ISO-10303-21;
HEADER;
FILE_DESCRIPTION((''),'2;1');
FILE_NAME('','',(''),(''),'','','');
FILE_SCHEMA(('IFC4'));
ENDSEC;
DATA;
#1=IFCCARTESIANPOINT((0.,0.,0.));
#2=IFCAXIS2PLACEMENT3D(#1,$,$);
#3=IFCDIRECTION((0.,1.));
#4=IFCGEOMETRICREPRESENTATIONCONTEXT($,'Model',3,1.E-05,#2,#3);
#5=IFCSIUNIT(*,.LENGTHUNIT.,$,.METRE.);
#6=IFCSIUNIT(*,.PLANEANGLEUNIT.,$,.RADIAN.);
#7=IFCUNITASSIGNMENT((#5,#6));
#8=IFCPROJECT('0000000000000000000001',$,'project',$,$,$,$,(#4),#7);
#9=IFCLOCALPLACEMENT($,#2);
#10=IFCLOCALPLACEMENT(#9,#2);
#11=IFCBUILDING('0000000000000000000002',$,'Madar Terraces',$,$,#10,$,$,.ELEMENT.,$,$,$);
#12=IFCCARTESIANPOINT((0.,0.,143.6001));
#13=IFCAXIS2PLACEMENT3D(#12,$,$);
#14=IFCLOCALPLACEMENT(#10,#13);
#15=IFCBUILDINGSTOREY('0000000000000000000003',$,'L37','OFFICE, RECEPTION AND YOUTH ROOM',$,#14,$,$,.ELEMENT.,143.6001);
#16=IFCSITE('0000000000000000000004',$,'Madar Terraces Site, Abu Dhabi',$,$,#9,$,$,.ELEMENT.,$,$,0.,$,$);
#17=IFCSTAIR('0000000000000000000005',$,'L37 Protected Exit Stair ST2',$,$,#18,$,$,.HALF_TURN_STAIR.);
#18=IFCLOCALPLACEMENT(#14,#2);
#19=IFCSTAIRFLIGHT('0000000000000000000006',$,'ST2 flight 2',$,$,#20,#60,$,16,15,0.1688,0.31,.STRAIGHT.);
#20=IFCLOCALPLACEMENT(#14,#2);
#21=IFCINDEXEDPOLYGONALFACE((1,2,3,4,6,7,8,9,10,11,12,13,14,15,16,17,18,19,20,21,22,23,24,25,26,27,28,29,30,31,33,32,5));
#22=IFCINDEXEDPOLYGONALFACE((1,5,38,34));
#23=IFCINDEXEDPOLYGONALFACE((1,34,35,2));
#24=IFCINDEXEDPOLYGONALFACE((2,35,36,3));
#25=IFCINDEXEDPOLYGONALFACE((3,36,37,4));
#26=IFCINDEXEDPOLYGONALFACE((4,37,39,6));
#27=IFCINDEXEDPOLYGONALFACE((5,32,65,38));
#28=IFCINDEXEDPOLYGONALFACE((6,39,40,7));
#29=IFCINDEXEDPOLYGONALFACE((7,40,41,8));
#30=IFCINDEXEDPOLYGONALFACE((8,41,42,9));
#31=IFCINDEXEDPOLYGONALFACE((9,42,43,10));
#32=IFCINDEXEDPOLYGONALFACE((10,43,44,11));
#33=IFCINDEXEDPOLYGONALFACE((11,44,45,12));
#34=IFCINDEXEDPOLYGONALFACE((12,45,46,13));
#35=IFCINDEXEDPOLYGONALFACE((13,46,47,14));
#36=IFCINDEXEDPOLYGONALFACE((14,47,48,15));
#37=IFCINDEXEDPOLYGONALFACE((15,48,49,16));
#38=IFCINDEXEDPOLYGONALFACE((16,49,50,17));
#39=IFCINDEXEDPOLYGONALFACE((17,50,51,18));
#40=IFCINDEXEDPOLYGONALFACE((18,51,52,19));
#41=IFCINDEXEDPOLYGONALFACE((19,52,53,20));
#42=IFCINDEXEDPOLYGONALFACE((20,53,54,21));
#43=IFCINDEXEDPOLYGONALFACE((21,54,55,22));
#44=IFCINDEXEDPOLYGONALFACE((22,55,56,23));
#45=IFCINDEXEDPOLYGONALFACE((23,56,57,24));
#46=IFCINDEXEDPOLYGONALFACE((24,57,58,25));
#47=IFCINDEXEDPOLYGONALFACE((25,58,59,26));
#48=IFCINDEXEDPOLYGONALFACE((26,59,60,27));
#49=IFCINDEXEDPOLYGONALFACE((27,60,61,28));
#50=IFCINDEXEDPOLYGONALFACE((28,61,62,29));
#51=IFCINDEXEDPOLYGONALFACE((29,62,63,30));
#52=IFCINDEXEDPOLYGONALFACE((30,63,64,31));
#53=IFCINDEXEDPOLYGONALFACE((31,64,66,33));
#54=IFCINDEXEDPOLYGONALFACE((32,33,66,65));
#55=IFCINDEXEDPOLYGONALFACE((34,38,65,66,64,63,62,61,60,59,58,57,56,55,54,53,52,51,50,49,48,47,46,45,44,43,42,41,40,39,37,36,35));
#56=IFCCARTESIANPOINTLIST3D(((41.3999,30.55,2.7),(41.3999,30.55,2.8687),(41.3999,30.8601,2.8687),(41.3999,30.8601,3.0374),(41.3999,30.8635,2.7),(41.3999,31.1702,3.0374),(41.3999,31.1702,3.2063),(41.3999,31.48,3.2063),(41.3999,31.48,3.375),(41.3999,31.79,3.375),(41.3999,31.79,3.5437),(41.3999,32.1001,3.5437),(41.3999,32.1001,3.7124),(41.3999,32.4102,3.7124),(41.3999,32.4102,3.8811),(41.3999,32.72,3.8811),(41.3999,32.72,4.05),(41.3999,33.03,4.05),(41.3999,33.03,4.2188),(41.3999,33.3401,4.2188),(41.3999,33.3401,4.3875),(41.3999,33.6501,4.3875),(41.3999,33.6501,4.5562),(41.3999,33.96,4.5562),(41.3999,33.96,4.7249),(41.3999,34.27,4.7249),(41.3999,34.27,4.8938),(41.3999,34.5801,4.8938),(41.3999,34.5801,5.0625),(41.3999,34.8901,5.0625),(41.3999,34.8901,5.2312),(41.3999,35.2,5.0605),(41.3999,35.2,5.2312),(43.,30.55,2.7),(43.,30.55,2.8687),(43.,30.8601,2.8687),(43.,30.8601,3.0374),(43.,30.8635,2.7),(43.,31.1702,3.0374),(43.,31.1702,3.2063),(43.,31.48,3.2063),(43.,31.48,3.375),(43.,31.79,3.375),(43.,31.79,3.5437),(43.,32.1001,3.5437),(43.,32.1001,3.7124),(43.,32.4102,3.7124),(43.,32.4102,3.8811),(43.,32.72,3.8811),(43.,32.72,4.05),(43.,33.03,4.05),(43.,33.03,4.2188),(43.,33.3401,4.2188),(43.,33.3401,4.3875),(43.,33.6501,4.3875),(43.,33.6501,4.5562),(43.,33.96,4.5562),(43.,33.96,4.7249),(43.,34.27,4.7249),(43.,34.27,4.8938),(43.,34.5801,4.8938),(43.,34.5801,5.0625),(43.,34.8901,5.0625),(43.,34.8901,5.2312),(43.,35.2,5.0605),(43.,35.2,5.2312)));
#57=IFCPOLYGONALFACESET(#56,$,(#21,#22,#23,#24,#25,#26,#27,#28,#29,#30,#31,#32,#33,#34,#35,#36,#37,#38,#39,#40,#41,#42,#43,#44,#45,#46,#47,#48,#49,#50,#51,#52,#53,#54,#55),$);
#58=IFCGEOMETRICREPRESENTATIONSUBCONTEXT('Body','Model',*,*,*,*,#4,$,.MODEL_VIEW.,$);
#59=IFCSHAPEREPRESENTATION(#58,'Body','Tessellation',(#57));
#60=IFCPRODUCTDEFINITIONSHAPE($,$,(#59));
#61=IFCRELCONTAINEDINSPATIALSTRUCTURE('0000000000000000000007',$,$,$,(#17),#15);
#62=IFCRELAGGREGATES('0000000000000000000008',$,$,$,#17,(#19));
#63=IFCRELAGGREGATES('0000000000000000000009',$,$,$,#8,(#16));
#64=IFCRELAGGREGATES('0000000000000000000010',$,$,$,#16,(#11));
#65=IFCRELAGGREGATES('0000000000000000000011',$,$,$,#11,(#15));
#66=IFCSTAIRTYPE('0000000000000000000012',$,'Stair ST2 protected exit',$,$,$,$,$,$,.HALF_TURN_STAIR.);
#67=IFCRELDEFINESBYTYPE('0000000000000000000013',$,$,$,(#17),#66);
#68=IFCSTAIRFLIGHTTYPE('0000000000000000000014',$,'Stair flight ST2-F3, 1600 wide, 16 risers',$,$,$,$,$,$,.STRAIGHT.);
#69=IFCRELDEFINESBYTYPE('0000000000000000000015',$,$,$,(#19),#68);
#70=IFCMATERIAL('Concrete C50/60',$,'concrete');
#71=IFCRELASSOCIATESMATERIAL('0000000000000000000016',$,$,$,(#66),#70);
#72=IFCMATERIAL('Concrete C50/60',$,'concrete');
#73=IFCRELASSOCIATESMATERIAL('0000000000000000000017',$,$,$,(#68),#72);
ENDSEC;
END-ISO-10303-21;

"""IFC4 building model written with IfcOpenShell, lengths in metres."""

from ifc_helpers import new_model, si_unit, direction, frame, origin, place, context, subcontext, project, spatial, polyline, outline, extrude, material, type_object, element, aggregate, save


model = new_model("IFC4")

# Units and contexts
model_context = context("Model", 3, precision=1e-05, world=origin(), true_north=direction((0.0, 1.0)))
body_context = subcontext(model_context, "Body", "Model", "MODEL_VIEW")
ifc_project = project(units=[si_unit("LENGTHUNIT", "METRE"), si_unit("PLANEANGLEUNIT", "RADIAN")], contexts=[model_context])

# Site, building, storey
site_placement = place(None, origin())
site = spatial("IfcSite", under=ifc_project, at=site_placement, Name="Madar Terraces Site, Abu Dhabi", CompositionType="ELEMENT", RefElevation=0.0)
building_placement = place(site_placement, origin())
building = spatial("IfcBuilding", under=site, at=building_placement, Name="Madar Terraces", CompositionType="ELEMENT")
storey_placement = place(building_placement, frame((0.0, 0.0, 143.6001)))
storey = spatial("IfcBuildingStorey", under=building, at=storey_placement, Name="L37", Description="OFFICE, RECEPTION AND YOUTH ROOM", CompositionType="ELEMENT", Elevation=143.6001)

# Stair, stair flight
ifc_material_1 = material(Name="Concrete C50/60", Category="concrete")
stair_type = type_object("IfcStairType", Name="Stair ST2 protected exit", PredefinedType="HALF_TURN_STAIR", material=ifc_material_1)
stair_placement = place(storey_placement, origin())
stair = element("IfcStair", 1, at=stair_placement, inside=storey, type_object=stair_type, Name="L37 Protected Exit Stair ST2", PredefinedType="HALF_TURN_STAIR")
ifc_material_2 = material(Name="Concrete C50/60", Category="concrete")
stair_flight_type = type_object("IfcStairFlightType", Name="Stair flight ST2-F3, 1600 wide, 16 risers", PredefinedType="STRAIGHT", material=ifc_material_2)
stair_flight_1_placement = place(storey_placement, frame((42.2, 30.55, 2.7), z_axis=(0.0, 0.0, 1.0), x_axis=(0.0, 1.0, 0.0)))
stair_flight_1 = element("IfcStairFlight", 2, at=stair_flight_1_placement, type_object=stair_flight_type, Name="ST2 flight 2", NumberOfRisers=16, NumberOfTreads=15, PredefinedType="STRAIGHT", RiserHeight=0.1688, TreadLength=0.31, context=body_context, shape_type="SweptSolid", body=[
    extrude(outline(polyline([(0.0, 0.0), (0.0, 0.1687), (0.3101, 0.1687), (0.3101, 0.3374), (0.6201, 0.3374), (0.6201, 0.5063), (0.9299, 0.5063), (0.9299, 0.675), (1.24, 0.675), (1.24, 0.8438), (1.55, 0.8438), (1.55, 1.0125), (1.8601, 1.0125), (1.8601, 1.1812), (2.1699, 1.1812), (2.1699, 1.3501), (2.48, 1.3501), (2.48, 1.5188), (2.79, 1.5188), (2.79, 1.6875), (3.1001, 1.6875), (3.1001, 1.8562), (3.4099, 1.8562), (3.4099, 2.0249), (3.72, 2.0249), (3.72, 2.1938), (4.03, 2.1938), (4.03, 2.3625), (4.3401, 2.3625), (4.3401, 2.5312), (4.6499, 2.5312), (4.6499, 2.7), (4.6499, 2.3606), (0.3135, 0.0), (0.0, 0.0)])), frame((0.0, 0.8, 0.0), z_axis=(0.0, -1.0, 0.0), x_axis=(1.0, 0.0, 0.0)), (0.0, 0.0, 1.0), 1.6001),
])
aggregate(stair, [stair_flight_1])

save(model, "model.ifc")
